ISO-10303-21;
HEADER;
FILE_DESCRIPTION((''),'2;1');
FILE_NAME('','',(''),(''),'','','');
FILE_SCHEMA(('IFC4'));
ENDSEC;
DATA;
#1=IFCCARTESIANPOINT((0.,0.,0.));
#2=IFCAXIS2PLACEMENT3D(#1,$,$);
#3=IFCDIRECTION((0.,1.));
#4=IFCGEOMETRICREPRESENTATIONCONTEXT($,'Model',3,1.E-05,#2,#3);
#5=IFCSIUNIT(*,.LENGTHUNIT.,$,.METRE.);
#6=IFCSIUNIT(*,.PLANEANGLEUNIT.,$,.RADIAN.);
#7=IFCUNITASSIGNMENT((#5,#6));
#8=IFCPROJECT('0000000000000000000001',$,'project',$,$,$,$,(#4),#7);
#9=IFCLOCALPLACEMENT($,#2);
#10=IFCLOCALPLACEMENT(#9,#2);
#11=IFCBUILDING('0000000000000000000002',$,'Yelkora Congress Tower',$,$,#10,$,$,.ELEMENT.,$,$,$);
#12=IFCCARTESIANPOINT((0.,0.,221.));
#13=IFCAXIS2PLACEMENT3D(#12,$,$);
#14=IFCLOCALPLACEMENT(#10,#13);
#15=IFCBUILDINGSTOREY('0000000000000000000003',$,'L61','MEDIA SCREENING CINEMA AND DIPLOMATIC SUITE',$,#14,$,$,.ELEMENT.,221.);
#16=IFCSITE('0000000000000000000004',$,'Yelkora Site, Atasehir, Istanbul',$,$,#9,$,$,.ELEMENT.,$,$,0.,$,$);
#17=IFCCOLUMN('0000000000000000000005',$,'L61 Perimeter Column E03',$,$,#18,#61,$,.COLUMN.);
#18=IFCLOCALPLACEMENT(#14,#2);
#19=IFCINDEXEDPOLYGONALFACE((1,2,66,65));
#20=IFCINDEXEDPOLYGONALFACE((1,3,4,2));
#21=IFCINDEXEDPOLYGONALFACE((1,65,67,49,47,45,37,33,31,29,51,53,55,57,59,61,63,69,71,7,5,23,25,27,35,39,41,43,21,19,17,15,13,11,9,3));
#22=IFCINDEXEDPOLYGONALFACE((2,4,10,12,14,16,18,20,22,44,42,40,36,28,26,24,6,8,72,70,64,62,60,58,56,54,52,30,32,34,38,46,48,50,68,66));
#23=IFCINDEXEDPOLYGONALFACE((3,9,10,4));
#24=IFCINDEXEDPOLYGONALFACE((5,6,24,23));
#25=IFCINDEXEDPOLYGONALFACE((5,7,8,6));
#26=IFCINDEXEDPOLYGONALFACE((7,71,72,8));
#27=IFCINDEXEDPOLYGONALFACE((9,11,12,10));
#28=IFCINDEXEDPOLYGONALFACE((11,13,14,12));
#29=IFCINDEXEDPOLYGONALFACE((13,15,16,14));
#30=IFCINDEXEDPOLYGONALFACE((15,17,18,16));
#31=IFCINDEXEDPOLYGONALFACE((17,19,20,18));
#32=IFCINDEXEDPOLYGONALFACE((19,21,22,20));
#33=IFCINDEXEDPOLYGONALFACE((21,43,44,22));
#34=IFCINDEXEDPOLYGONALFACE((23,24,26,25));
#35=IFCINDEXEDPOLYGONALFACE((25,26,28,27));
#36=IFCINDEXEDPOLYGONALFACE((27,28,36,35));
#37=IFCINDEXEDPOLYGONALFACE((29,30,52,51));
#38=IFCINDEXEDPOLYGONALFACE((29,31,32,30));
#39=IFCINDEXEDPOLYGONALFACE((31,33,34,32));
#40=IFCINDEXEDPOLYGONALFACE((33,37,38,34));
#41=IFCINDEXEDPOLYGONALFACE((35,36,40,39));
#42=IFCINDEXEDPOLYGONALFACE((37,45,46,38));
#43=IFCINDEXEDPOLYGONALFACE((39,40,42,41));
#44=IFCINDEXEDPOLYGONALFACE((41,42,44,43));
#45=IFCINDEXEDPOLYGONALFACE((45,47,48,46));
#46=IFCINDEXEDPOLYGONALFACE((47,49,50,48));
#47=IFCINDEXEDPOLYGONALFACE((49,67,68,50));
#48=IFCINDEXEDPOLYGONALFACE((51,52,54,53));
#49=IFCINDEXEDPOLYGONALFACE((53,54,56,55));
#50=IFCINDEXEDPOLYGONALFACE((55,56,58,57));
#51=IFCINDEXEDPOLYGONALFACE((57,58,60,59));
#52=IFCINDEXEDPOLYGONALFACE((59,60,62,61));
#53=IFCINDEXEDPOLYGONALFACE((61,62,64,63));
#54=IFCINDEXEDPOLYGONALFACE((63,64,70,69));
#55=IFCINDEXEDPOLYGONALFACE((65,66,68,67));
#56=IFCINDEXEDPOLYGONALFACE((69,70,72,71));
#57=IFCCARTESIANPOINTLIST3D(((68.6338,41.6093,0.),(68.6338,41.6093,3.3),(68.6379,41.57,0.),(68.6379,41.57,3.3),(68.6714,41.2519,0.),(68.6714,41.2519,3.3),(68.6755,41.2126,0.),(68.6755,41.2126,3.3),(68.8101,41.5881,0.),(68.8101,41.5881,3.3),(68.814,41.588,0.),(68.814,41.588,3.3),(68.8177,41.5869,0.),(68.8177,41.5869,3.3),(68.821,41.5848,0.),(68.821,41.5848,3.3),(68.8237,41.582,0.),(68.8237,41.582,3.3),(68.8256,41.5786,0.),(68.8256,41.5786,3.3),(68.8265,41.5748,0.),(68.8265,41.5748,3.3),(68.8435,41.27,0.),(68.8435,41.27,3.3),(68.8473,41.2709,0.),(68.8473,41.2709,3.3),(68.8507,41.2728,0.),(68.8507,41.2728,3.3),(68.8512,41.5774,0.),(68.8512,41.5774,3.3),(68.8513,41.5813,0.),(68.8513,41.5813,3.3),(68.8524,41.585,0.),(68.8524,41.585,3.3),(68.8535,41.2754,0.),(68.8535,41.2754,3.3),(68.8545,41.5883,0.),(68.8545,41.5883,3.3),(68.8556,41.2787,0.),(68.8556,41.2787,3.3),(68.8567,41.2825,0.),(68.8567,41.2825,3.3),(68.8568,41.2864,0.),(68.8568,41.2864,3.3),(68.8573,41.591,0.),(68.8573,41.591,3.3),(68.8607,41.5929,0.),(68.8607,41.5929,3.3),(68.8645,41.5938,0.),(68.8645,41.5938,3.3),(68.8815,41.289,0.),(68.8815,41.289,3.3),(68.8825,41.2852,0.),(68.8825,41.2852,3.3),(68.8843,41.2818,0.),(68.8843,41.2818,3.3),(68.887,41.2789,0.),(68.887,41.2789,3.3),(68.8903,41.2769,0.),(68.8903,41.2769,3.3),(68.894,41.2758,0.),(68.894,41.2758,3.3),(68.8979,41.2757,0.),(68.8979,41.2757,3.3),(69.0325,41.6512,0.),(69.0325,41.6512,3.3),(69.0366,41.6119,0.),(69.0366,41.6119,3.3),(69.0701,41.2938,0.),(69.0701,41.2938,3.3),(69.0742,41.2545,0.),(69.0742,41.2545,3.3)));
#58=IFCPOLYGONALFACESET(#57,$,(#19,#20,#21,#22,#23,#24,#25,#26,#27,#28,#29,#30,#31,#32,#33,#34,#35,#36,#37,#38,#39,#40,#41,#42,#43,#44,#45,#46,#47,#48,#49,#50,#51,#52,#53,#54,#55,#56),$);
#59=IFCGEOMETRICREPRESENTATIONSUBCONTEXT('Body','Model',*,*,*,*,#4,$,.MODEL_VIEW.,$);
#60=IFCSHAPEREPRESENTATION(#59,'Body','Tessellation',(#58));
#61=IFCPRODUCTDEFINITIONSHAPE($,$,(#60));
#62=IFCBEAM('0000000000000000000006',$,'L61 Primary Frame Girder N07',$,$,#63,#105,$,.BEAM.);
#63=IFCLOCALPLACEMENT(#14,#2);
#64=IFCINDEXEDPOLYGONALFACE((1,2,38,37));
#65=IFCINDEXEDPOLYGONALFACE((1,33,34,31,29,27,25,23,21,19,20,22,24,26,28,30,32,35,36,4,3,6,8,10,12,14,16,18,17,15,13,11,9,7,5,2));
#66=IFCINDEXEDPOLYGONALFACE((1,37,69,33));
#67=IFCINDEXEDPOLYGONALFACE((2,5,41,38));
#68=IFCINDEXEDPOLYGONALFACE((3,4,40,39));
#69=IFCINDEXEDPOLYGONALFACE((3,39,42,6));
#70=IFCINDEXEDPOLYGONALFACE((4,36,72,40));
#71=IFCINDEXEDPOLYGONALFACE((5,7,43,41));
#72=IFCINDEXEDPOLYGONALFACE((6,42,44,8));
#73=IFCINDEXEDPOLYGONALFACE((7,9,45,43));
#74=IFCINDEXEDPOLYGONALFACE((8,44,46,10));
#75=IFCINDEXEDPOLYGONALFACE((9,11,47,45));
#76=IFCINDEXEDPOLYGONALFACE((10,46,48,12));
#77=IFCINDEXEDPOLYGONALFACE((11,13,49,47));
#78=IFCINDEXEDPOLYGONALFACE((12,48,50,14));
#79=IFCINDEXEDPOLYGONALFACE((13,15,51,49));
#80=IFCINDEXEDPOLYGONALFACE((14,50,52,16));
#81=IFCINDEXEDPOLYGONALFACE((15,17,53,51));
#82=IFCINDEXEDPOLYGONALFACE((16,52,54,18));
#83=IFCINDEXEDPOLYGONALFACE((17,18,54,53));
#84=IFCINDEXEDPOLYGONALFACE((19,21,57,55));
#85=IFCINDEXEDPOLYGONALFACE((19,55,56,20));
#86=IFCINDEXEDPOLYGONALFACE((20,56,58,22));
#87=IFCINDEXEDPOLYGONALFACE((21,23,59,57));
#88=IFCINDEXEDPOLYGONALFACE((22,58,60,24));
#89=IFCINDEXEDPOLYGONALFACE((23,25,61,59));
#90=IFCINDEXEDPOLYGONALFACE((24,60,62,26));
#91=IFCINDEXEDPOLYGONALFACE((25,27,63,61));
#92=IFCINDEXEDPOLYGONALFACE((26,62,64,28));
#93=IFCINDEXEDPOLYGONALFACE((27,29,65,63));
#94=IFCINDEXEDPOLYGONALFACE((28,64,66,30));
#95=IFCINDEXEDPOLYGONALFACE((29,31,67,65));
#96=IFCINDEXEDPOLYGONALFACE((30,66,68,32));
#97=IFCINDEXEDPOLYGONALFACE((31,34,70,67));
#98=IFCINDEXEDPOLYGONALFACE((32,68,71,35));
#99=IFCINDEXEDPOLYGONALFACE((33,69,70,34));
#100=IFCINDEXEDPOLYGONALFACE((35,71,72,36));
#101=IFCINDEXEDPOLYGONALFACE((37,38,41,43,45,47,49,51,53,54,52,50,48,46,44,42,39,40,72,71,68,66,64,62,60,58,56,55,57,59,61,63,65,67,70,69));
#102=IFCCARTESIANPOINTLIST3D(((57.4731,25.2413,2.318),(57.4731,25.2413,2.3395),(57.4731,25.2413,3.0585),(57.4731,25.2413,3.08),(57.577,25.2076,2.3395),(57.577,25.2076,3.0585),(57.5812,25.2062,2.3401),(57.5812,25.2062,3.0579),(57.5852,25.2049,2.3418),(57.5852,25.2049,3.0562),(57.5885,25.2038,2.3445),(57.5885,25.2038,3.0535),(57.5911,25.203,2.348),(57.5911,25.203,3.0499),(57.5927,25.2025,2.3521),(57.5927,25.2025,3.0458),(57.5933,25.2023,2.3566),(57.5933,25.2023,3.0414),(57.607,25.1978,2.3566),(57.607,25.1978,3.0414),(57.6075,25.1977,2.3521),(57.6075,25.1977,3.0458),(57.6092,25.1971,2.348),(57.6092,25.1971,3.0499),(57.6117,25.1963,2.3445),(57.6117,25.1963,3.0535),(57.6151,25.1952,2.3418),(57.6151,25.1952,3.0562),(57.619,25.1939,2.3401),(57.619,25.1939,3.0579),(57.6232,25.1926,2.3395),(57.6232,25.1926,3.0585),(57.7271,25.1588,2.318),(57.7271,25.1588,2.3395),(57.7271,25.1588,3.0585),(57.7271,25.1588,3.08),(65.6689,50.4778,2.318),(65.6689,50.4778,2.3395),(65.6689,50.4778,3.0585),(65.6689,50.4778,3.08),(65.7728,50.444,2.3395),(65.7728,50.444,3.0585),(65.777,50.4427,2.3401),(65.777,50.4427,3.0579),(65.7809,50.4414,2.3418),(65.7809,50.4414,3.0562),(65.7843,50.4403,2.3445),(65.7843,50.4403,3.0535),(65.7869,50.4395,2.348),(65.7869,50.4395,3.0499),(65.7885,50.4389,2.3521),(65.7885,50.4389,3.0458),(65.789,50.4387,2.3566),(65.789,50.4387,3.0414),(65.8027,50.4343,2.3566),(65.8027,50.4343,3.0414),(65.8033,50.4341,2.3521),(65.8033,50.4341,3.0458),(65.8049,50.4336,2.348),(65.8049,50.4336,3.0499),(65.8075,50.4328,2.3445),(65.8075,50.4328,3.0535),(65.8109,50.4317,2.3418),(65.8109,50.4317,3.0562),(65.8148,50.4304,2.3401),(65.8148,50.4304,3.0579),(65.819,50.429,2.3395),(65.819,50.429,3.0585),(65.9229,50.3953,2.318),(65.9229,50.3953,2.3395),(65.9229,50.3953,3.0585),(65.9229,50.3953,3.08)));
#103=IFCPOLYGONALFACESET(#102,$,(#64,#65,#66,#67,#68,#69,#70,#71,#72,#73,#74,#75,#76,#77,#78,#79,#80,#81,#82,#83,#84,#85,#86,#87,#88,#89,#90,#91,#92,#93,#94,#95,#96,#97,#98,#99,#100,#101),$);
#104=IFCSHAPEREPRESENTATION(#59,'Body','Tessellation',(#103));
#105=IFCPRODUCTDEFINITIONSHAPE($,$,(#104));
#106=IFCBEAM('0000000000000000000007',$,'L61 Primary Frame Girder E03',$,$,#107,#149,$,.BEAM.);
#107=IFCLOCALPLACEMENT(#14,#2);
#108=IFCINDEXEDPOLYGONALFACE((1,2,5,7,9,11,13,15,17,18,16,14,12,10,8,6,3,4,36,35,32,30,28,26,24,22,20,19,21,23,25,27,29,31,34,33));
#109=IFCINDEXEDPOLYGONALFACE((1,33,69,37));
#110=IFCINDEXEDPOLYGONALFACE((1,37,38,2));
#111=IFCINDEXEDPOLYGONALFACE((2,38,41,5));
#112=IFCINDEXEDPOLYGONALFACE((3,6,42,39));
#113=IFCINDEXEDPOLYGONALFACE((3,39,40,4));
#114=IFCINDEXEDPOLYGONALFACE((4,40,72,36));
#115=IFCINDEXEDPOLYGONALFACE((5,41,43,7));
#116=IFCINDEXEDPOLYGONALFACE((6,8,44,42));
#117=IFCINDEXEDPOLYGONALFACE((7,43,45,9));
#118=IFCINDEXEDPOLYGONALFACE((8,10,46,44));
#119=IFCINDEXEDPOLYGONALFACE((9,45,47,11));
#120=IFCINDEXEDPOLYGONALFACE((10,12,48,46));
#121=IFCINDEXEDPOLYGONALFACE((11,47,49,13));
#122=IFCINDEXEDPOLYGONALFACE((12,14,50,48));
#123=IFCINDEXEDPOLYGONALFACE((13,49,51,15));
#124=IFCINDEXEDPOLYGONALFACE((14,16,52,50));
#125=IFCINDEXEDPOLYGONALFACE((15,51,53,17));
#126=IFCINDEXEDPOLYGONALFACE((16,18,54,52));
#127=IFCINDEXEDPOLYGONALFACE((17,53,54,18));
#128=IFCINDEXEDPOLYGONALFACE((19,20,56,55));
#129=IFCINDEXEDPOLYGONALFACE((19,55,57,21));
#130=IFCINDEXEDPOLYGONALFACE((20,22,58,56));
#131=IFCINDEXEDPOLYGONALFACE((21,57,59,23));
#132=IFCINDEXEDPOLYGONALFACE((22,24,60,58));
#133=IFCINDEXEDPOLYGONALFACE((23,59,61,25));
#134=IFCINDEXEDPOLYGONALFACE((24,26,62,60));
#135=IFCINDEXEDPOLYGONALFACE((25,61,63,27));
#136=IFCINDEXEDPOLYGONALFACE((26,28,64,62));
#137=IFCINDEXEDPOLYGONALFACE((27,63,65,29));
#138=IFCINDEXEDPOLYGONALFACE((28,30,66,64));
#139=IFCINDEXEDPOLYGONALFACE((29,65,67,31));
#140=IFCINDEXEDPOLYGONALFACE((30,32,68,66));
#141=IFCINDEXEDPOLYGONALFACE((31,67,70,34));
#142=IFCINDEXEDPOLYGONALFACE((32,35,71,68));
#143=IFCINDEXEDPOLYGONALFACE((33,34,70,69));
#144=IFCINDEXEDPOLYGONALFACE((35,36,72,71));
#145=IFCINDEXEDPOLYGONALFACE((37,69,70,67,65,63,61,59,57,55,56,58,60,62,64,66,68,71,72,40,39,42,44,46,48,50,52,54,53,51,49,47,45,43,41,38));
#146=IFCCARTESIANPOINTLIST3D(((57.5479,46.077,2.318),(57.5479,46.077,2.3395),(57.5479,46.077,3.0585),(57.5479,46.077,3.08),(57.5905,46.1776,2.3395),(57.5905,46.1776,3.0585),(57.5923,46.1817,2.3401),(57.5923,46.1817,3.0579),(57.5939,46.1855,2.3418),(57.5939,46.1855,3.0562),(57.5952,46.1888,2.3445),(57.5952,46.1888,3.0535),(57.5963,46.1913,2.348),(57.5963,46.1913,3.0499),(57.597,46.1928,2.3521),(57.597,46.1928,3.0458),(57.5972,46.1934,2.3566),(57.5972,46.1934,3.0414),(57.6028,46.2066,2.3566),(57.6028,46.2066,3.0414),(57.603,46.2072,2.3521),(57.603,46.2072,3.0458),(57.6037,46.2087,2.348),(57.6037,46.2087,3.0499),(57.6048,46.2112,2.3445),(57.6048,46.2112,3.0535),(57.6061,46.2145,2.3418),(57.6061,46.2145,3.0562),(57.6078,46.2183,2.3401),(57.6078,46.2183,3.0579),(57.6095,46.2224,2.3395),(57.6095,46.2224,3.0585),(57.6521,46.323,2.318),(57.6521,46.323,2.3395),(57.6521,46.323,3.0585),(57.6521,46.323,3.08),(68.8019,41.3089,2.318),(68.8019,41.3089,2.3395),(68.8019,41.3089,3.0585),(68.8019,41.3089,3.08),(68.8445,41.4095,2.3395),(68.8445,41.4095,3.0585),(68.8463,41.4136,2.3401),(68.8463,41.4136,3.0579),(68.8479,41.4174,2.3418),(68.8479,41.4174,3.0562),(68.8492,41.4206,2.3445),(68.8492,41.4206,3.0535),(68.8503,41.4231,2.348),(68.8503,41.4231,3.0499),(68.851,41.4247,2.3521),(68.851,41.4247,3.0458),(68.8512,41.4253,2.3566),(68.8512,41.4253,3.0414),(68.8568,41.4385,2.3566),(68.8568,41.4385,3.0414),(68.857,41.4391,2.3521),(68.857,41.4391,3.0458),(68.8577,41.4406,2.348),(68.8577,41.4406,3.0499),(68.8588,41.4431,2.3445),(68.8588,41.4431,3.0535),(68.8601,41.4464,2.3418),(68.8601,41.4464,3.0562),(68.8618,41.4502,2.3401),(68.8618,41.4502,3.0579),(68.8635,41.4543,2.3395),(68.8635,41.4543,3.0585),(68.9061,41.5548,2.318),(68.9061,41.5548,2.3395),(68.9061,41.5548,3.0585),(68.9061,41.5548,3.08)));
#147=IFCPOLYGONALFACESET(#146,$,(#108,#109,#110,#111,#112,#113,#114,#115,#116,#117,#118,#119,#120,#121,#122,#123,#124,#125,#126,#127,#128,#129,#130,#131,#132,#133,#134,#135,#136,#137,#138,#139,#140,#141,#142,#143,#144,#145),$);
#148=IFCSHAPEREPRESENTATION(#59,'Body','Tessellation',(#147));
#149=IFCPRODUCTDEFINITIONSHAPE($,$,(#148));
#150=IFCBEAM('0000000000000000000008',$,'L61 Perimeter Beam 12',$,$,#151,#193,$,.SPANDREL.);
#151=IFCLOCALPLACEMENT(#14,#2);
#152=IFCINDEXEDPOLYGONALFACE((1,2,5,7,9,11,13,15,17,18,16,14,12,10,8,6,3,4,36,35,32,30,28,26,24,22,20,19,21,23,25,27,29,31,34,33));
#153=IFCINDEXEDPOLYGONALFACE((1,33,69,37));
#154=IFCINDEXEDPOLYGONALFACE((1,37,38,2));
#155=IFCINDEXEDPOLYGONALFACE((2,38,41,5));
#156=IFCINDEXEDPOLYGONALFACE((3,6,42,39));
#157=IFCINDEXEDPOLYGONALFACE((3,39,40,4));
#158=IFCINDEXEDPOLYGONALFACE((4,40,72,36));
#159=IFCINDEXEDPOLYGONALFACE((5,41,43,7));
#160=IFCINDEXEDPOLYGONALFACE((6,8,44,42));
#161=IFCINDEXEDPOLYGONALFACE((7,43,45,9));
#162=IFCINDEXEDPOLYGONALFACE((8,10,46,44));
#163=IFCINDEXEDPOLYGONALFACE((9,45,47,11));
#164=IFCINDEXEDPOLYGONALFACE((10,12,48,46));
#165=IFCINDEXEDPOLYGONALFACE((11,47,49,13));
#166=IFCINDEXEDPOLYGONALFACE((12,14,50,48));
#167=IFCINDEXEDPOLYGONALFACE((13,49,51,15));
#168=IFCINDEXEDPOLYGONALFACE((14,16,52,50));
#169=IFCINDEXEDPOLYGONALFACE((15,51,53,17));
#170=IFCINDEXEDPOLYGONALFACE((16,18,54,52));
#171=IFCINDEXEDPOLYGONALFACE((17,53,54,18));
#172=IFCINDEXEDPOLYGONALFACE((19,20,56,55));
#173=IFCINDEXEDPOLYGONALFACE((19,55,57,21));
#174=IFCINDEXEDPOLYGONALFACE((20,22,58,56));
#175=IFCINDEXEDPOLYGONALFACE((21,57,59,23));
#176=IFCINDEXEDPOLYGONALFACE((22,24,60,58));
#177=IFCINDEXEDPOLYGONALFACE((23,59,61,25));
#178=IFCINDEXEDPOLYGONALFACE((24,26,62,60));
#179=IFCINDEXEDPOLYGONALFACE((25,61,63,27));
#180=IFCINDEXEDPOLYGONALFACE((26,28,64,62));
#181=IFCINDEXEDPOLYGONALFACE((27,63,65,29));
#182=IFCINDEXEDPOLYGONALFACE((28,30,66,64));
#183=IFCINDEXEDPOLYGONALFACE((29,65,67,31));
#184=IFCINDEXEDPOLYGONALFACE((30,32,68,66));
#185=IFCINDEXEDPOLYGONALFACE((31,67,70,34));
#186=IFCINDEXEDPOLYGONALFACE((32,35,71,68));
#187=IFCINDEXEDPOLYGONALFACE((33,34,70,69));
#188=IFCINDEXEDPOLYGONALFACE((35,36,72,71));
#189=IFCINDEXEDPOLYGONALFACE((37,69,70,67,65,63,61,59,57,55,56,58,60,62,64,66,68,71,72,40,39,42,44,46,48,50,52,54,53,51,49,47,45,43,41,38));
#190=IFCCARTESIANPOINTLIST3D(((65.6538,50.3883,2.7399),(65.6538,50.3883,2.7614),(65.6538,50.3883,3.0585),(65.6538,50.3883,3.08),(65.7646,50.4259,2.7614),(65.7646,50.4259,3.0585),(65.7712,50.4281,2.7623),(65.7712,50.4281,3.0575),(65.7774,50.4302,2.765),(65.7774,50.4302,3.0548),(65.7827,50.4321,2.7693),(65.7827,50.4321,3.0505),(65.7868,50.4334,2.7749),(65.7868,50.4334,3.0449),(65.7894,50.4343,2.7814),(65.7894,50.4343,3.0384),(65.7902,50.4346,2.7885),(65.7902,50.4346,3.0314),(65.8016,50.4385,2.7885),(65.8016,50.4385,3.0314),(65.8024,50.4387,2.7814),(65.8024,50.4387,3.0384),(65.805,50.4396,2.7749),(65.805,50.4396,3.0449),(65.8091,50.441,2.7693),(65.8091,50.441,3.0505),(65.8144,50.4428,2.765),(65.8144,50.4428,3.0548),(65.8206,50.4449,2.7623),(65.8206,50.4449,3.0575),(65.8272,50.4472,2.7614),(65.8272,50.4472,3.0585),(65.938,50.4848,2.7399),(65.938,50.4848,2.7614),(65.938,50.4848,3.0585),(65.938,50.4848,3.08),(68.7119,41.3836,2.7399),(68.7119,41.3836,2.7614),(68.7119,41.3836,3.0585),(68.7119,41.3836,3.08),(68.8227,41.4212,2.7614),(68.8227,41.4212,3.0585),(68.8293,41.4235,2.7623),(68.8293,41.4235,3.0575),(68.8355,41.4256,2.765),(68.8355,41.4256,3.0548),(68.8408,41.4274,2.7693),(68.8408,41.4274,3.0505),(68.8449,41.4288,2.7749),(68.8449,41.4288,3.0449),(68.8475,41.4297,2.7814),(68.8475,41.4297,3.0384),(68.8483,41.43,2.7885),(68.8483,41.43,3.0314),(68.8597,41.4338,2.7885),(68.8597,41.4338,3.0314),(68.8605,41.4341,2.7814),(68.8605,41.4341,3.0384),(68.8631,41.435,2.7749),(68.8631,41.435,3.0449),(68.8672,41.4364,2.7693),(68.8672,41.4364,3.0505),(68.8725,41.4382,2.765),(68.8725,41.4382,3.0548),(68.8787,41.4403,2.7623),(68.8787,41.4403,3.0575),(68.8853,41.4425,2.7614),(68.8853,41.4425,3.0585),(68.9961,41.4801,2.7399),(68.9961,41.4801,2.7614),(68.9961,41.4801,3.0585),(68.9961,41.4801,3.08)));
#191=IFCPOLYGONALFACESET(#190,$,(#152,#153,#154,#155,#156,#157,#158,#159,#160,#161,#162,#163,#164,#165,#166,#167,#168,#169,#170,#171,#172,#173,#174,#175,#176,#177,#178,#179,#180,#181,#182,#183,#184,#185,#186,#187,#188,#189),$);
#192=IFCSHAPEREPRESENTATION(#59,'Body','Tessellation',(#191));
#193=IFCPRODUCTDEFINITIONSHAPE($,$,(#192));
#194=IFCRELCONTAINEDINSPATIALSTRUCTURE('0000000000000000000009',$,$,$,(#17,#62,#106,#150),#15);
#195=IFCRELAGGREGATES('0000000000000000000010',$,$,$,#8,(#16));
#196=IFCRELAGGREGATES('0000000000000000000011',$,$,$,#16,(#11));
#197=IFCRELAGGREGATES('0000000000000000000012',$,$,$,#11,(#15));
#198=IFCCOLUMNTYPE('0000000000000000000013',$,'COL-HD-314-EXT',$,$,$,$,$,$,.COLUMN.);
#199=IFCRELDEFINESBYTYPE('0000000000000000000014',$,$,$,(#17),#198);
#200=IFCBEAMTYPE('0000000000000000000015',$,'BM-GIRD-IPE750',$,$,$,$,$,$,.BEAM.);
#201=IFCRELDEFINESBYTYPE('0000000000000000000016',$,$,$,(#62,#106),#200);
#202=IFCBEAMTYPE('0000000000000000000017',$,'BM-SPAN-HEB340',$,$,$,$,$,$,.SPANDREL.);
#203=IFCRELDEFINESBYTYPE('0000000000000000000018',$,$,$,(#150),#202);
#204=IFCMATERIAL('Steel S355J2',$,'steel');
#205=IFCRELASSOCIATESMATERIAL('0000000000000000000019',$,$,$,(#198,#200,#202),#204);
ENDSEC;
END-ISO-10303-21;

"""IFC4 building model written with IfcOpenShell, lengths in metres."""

from ifc_helpers import new_model, si_unit, direction, frame, origin, origin_2d, place, context, subcontext, project, spatial, i_section, extrude, material, material_profile, profile_set, type_object, element, save


model = new_model("IFC4")

# Units and contexts
model_context = context("Model", 3, precision=1e-05, world=origin(), true_north=direction((0.0, 1.0)))
body_context = subcontext(model_context, "Body", "Model", "MODEL_VIEW")
ifc_project = project(units=[si_unit("LENGTHUNIT", "METRE"), si_unit("PLANEANGLEUNIT", "RADIAN")], contexts=[model_context])

# Site, building, storey
site_placement = place(None, origin())
site = spatial("IfcSite", under=ifc_project, at=site_placement, Name="Yelkora Site, Atasehir, Istanbul", CompositionType="ELEMENT", RefElevation=0.0)
building_placement = place(site_placement, origin())
building = spatial("IfcBuilding", under=site, at=building_placement, Name="Yelkora Congress Tower", CompositionType="ELEMENT")
storey_placement = place(building_placement, frame((0.0, 0.0, 221.0)))
storey = spatial("IfcBuildingStorey", under=building, at=storey_placement, Name="L61", Description="MEDIA SCREENING CINEMA AND DIPLOMATIC SUITE", CompositionType="ELEMENT", Elevation=221.0)

# Column
ifc_material_1 = material(Name="Steel S355J2", Category="steel")
ifc_material_profile_1 = material_profile(ifc_material_1, i_section(OverallWidth=0.4009, OverallDepth=0.3989, WebThickness=0.0249, FlangeThickness=0.0396, FilletRadius=0.0149, at=origin_2d()), Name="HD 400x314")
ifc_profile_set_1 = profile_set([ifc_material_profile_1], Name="Steel S355J2")
column_type = type_object("IfcColumnType", Name="COL-HD-314-EXT", PredefinedType="COLUMN", material=ifc_profile_set_1)
column_placement = place(storey_placement, frame((68.854, 41.4319, 0.0), z_axis=(0.0, 0.0, 1.0), x_axis=(0.994522, 0.104528, 0.0)))
element("IfcColumn", 1, at=column_placement, inside=storey, type_object=column_type, Name="L61 Perimeter Column E03", PredefinedType="COLUMN", context=body_context, shape_type="SweptSolid", body=[
    extrude(i_section(OverallWidth=0.4009, OverallDepth=0.3989, WebThickness=0.0249, FlangeThickness=0.0396, FilletRadius=0.0149, at=origin_2d()), origin(), (0.0, 0.0, 1.0), 3.3),
])

# Beams
ifc_material_profile_2 = material_profile(ifc_material_1, i_section(OverallWidth=0.2671, OverallDepth=0.762, WebThickness=0.0144, FlangeThickness=0.0215, FilletRadius=0.0171, at=origin_2d()), Name="IPE 750x173")
ifc_profile_set_2 = profile_set([ifc_material_profile_2], Name="Steel S355J2")
beam_type_1 = type_object("IfcBeamType", Name="BM-GIRD-IPE750", PredefinedType="BEAM", material=ifc_profile_set_2)
beam_1_placement = place(storey_placement, frame((65.7959, 50.4365, 2.699), z_axis=(-0.308879, -0.951101, 0.0), x_axis=(0.951101, -0.308879, 0.0)))
element("IfcBeam", 2, at=beam_1_placement, inside=storey, type_object=beam_type_1, Name="L61 Primary Frame Girder N07", PredefinedType="BEAM", context=body_context, shape_type="SweptSolid", body=[
    extrude(i_section(OverallWidth=0.2671, OverallDepth=0.762, WebThickness=0.0144, FlangeThickness=0.0215, FilletRadius=0.0171, at=origin_2d()), origin(), (0.0, 0.0, 1.0), 26.5339),
])
beam_2_placement = place(storey_placement, frame((68.854, 41.4319, 2.699), z_axis=(-0.920768, 0.390112, 0.0), x_axis=(-0.390112, -0.920768, 0.0)))
element("IfcBeam", 3, at=beam_2_placement, inside=storey, type_object=beam_type_1, Name="L61 Primary Frame Girder E03", PredefinedType="BEAM", context=body_context, shape_type="SweptSolid", body=[
    extrude(i_section(OverallWidth=0.2671, OverallDepth=0.762, WebThickness=0.0144, FlangeThickness=0.0215, FilletRadius=0.0171, at=origin_2d()), origin(), (0.0, 0.0, 1.0), 12.2224),
])
ifc_material_profile_3 = material_profile(ifc_material_1, i_section(OverallWidth=0.3, OverallDepth=0.3401, WebThickness=0.012, FlangeThickness=0.0215, FilletRadius=0.0271, at=origin_2d()), Name="HEB 340")
ifc_profile_set_3 = profile_set([ifc_material_profile_3], Name="Steel S355J2")
beam_type_2 = type_object("IfcBeamType", Name="BM-SPAN-HEB340", PredefinedType="SPANDREL", material=ifc_profile_set_3)
beam_3_placement = place(storey_placement, frame((68.854, 41.4319, 2.9099), z_axis=(-0.321575, 0.946884, 0.0), x_axis=(-0.946884, -0.321575, 0.0)))
element("IfcBeam", 4, at=beam_3_placement, inside=storey, type_object=beam_type_2, Name="L61 Perimeter Beam 12", PredefinedType="SPANDREL", context=body_context, shape_type="SweptSolid", body=[
    extrude(i_section(OverallWidth=0.3, OverallDepth=0.3401, WebThickness=0.012, FlangeThickness=0.0215, FilletRadius=0.0271, at=origin_2d()), origin(), (0.0, 0.0, 1.0), 9.5098),
])

save(model, "model.ifc")
